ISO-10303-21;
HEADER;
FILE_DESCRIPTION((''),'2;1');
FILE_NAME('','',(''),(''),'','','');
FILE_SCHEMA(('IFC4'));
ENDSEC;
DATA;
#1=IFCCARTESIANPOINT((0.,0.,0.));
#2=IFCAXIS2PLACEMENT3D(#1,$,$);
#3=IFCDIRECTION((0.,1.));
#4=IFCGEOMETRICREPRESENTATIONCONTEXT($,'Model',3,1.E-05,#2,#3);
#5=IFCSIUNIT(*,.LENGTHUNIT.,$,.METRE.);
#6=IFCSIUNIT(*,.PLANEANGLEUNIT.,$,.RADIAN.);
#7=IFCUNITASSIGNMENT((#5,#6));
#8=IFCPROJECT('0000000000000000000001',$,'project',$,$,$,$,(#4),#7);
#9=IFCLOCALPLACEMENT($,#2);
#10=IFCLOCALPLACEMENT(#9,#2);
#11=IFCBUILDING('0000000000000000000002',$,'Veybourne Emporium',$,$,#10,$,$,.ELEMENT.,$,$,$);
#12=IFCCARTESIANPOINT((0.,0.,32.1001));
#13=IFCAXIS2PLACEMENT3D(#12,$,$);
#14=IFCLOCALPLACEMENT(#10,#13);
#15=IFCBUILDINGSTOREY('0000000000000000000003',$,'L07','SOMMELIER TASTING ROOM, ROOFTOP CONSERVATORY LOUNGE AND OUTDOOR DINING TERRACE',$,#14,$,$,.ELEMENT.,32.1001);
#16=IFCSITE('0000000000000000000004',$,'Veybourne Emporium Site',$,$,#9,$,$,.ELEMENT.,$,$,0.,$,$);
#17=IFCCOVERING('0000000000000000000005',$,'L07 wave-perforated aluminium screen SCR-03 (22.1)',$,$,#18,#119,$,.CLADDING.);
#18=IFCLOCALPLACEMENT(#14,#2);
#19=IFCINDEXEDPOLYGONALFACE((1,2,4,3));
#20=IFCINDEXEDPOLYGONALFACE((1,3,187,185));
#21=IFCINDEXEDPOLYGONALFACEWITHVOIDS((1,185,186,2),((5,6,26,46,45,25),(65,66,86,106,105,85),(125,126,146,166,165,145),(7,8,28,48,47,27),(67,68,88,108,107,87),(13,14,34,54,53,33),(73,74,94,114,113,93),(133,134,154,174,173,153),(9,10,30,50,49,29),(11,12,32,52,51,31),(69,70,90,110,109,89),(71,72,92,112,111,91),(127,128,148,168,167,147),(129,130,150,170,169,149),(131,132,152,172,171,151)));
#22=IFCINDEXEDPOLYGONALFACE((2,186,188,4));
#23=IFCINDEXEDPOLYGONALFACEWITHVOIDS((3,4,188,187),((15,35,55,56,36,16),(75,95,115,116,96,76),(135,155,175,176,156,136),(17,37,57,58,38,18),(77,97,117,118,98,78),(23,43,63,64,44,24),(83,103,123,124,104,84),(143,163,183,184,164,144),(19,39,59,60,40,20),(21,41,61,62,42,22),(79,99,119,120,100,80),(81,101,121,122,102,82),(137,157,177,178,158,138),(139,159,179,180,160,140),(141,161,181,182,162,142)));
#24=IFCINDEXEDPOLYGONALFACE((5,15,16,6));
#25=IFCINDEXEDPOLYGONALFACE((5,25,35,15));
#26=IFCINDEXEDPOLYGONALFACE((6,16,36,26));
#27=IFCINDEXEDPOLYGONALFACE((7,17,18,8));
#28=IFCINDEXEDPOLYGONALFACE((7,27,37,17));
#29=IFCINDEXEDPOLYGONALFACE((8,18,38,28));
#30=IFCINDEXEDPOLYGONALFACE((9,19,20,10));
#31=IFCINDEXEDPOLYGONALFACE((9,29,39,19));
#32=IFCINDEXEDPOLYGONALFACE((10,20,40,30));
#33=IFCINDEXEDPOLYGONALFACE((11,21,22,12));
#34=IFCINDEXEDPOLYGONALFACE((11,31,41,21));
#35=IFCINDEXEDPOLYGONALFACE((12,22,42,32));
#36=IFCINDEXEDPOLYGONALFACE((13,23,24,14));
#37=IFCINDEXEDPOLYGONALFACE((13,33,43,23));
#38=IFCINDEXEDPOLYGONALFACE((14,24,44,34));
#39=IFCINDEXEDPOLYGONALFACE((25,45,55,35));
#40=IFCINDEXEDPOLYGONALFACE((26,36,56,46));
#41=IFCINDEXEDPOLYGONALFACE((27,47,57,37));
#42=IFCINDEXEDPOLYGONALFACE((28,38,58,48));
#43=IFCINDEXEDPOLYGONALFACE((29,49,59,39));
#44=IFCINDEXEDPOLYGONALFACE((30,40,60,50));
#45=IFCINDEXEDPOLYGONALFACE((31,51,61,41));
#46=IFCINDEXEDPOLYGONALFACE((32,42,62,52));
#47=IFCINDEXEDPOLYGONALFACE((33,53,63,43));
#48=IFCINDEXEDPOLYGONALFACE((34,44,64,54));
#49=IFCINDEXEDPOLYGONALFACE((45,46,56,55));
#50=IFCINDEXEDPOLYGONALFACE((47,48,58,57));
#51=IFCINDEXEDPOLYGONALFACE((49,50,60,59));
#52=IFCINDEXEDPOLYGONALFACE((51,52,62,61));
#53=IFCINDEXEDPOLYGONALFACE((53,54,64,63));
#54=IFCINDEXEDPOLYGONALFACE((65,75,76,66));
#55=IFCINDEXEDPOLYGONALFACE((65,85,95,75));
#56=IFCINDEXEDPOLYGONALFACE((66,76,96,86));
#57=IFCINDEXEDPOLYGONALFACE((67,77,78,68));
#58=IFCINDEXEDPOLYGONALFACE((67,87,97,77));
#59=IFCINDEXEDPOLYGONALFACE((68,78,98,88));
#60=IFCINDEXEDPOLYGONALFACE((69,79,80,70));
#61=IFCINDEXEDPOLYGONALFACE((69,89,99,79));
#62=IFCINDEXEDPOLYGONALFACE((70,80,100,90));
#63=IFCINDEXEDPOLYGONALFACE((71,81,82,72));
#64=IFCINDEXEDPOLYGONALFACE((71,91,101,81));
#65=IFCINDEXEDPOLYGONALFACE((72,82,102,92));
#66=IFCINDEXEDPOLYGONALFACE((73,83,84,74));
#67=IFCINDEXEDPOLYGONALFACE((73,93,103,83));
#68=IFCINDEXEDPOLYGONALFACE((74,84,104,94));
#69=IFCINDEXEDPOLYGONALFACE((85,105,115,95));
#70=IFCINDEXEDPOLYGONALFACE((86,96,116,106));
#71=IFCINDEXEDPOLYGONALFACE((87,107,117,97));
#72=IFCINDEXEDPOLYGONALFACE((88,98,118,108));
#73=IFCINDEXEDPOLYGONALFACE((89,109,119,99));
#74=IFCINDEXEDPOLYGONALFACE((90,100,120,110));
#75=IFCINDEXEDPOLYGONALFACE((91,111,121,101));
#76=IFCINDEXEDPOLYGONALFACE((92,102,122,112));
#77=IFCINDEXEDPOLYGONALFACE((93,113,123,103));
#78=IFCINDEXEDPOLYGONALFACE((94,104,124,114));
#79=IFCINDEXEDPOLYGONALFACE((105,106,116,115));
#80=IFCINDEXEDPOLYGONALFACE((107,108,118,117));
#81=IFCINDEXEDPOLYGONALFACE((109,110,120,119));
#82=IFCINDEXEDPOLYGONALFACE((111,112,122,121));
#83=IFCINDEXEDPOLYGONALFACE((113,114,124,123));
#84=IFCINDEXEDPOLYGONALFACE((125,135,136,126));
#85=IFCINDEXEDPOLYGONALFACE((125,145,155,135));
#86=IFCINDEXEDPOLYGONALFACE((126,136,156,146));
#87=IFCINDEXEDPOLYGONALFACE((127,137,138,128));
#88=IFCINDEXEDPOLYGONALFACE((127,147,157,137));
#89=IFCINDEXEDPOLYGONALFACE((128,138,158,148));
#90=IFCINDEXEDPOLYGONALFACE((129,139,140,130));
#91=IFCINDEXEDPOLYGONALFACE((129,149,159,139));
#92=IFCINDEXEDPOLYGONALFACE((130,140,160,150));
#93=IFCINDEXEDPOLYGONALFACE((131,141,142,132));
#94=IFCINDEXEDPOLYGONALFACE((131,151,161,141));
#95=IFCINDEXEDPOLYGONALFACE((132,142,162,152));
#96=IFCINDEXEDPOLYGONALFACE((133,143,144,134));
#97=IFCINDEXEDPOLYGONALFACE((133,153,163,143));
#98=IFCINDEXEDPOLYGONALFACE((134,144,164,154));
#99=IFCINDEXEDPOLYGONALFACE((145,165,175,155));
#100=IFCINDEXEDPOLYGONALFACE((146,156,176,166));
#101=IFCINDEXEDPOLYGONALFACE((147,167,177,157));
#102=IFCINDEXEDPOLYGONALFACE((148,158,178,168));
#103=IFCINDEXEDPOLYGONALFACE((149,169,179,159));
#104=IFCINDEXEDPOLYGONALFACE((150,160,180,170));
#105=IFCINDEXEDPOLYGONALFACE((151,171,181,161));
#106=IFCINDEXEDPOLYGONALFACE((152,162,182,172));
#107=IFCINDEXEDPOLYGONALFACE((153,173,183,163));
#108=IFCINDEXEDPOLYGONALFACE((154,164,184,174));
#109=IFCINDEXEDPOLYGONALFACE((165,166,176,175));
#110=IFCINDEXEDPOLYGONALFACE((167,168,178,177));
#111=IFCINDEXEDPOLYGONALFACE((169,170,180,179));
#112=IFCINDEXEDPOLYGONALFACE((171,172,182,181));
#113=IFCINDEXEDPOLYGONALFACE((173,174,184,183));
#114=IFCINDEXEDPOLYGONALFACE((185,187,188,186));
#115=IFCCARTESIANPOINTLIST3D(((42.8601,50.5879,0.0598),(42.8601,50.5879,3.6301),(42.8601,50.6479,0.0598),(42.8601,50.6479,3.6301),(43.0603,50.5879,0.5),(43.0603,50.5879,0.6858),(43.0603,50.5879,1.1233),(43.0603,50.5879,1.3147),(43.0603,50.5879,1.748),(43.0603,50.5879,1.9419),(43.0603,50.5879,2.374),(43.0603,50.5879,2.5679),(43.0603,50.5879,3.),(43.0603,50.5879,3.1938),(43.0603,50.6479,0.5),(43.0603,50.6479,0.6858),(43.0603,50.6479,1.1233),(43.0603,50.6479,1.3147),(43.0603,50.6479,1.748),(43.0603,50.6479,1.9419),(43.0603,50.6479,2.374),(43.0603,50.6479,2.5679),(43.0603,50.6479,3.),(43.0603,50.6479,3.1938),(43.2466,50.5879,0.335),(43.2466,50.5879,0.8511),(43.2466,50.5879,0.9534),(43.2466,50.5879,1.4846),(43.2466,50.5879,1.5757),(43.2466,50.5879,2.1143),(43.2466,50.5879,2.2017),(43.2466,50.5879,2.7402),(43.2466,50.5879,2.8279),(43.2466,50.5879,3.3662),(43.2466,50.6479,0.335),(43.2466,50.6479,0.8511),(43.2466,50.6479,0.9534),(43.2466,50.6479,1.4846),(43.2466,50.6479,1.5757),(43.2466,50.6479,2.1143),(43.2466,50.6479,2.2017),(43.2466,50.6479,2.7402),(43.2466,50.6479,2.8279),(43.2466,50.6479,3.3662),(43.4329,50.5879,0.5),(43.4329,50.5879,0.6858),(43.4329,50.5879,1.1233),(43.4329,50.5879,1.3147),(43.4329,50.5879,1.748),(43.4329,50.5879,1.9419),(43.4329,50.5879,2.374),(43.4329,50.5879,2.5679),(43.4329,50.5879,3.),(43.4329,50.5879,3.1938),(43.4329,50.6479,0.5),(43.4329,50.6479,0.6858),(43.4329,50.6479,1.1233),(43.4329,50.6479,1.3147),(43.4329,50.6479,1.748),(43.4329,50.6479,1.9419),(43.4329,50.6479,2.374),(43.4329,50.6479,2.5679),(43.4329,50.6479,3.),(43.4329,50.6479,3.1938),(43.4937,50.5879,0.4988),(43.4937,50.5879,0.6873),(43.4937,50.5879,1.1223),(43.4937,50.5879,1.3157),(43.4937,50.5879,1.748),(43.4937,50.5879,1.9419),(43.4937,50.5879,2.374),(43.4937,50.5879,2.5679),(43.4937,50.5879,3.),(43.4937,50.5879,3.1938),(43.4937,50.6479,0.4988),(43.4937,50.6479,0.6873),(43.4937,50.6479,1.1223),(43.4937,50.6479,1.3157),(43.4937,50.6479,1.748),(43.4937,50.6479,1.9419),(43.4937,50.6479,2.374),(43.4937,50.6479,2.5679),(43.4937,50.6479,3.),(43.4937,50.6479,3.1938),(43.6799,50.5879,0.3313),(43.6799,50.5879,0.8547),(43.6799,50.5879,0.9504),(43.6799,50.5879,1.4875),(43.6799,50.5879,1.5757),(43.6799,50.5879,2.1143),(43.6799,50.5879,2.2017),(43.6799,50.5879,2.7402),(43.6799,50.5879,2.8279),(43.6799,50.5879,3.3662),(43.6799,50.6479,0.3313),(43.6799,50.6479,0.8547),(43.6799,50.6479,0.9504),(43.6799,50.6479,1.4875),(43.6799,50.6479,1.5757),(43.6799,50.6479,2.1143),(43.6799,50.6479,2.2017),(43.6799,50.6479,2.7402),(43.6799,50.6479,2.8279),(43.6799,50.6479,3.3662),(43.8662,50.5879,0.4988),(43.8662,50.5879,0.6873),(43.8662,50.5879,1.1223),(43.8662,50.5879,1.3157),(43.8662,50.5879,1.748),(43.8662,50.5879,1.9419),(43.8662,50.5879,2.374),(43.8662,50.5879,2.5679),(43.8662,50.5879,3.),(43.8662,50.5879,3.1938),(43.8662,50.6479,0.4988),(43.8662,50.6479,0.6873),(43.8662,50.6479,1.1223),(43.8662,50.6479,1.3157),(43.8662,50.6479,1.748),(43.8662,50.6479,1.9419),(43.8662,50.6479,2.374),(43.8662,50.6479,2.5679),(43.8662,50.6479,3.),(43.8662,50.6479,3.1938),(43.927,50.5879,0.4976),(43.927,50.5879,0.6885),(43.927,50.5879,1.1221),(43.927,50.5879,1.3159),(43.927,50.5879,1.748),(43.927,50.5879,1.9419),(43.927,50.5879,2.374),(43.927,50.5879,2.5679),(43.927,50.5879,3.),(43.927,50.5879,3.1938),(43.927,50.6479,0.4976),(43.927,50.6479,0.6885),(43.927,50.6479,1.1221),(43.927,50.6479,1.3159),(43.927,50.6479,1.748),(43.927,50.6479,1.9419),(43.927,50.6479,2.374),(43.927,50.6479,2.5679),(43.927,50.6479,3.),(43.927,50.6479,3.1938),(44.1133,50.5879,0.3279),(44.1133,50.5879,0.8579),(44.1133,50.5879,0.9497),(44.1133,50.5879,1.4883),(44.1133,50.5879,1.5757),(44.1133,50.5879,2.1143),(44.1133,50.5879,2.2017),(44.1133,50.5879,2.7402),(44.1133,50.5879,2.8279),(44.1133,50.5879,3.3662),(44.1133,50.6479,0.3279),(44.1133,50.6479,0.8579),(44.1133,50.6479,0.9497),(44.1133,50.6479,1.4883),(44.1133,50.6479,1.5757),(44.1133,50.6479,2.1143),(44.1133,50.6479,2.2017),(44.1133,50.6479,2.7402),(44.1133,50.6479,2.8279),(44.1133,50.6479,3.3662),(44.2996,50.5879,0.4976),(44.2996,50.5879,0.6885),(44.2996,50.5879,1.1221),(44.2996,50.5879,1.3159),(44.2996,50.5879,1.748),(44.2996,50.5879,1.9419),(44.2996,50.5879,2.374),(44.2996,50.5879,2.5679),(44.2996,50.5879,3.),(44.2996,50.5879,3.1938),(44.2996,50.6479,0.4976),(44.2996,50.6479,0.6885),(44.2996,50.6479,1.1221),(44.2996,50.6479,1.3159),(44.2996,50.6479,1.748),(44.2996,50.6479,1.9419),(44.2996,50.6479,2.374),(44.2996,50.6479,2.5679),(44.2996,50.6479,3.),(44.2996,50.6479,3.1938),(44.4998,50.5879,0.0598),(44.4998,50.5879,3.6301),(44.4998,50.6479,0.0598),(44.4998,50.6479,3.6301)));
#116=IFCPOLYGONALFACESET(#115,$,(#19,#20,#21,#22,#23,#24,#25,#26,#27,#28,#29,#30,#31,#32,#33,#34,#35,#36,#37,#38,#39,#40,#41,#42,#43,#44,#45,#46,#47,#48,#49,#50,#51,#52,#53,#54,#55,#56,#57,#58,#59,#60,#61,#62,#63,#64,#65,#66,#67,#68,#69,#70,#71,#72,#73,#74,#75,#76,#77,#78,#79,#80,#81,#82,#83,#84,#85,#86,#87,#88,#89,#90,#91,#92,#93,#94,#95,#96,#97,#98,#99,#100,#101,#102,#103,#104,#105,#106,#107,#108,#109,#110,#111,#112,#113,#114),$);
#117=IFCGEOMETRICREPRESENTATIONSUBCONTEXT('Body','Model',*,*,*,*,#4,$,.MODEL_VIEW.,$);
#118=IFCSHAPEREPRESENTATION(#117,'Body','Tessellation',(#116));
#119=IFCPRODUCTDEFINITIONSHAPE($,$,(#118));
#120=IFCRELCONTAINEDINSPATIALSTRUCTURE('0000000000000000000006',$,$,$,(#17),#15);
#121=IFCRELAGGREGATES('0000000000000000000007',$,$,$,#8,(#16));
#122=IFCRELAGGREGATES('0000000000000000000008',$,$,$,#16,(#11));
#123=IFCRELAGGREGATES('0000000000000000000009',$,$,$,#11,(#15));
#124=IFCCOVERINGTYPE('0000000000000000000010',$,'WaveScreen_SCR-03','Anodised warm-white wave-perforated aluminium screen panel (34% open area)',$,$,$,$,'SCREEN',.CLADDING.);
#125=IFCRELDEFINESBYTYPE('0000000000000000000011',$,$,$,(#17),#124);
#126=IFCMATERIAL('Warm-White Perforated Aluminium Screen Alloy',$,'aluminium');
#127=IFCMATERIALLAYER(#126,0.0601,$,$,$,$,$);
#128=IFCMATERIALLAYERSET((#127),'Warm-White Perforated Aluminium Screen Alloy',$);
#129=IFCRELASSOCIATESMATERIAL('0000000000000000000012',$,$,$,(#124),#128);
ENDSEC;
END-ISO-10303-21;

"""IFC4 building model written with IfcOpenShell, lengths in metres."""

from ifc_helpers import new_model, si_unit, direction, frame, origin, place, context, subcontext, project, spatial, polyline, outline, extrude, material, layer, layer_set, type_object, element, save


model = new_model("IFC4")

# Units and contexts
model_context = context("Model", 3, precision=1e-05, world=origin(), true_north=direction((0.0, 1.0)))
body_context = subcontext(model_context, "Body", "Model", "MODEL_VIEW")
ifc_project = project(units=[si_unit("LENGTHUNIT", "METRE"), si_unit("PLANEANGLEUNIT", "RADIAN")], contexts=[model_context])

# Site, building, storey
site_placement = place(None, origin())
site = spatial("IfcSite", under=ifc_project, at=site_placement, Name="Veybourne Emporium Site", CompositionType="ELEMENT", RefElevation=0.0)
building_placement = place(site_placement, origin())
building = spatial("IfcBuilding", under=site, at=building_placement, Name="Veybourne Emporium", CompositionType="ELEMENT")
storey_placement = place(building_placement, frame((0.0, 0.0, 32.1001)))
storey = spatial("IfcBuildingStorey", under=building, at=storey_placement, Name="L07", Description="SOMMELIER TASTING ROOM, ROOFTOP CONSERVATORY LOUNGE AND OUTDOOR DINING TERRACE", CompositionType="ELEMENT", Elevation=32.1001)

# Covering
ifc_material_1 = material(Name="Warm-White Perforated Aluminium Screen Alloy", Category="aluminium")
ifc_layer_1 = layer(ifc_material_1, 0.0601)
ifc_layer_set_1 = layer_set([ifc_layer_1], Name="Warm-White Perforated Aluminium Screen Alloy")
covering_type_1 = type_object("IfcCoveringType", Name="WaveScreen_SCR-03", Description="Anodised warm-white wave-perforated aluminium screen panel (34% open area)", ElementType="SCREEN", PredefinedType="CLADDING", material=ifc_layer_set_1)
covering_1_placement = place(storey_placement, frame((43.6799, 50.6479, 1.845), z_axis=(0.0, -1.0, 0.0), x_axis=(1.0, 0.0, 0.0)))
element("IfcCovering", 1, at=covering_1_placement, inside=storey, type_object=covering_type_1, Name="L07 wave-perforated aluminium screen SCR-03 (22.1)", PredefinedType="CLADDING", context=body_context, shape_type="SweptSolid", body=[
    extrude(outline(polyline([(-0.8198, -1.7852), (0.8198, -1.7852), (0.8198, 1.7852), (-0.8198, 1.7852), (-0.8198, -1.7852)]), holes=[polyline([(-0.4333, -0.9939), (-0.2471, -1.1592), (-0.2471, -1.345), (-0.4333, -1.51), (-0.6196, -1.345), (-0.6196, -1.1592), (-0.4333, -0.9939)]), polyline([(-0.4333, -0.3604), (-0.2471, -0.5303), (-0.2471, -0.7217), (-0.4333, -0.8916), (-0.6196, -0.7217), (-0.6196, -0.5303), (-0.4333, -0.3604)]), polyline([(-0.4333, 0.2693), (-0.2471, 0.0969), (-0.2471, -0.0969), (-0.4333, -0.2693), (-0.6196, -0.0969), (-0.6196, 0.0969), (-0.4333, 0.2693)]), polyline([(-0.4333, 0.8953), (-0.2471, 0.7229), (-0.2471, 0.5291), (-0.4333, 0.3567), (-0.6196, 0.5291), (-0.6196, 0.7229), (-0.4333, 0.8953)]), polyline([(-0.4333, 1.5212), (-0.2471, 1.3489), (-0.2471, 1.155), (-0.4333, 0.9829), (-0.6196, 1.155), (-0.6196, 1.3489), (-0.4333, 1.5212)]), polyline([(0.0, -0.9902), (0.1863, -1.1577), (0.1863, -1.3462), (0.0, -1.5137), (-0.1863, -1.3462), (-0.1863, -1.1577), (0.0, -0.9902)]), polyline([(0.0, -0.3574), (0.1863, -0.5293), (0.1863, -0.7227), (0.0, -0.8945), (-0.1863, -0.7227), (-0.1863, -0.5293), (0.0, -0.3574)]), polyline([(0.0, 0.2693), (0.1863, 0.0969), (0.1863, -0.0969), (0.0, -0.2693), (-0.1863, -0.0969), (-0.1863, 0.0969), (0.0, 0.2693)]), polyline([(0.0, 0.8953), (0.1863, 0.7229), (0.1863, 0.5291), (0.0, 0.3567), (-0.1863, 0.5291), (-0.1863, 0.7229), (0.0, 0.8953)]), polyline([(0.0, 1.5212), (0.1863, 1.3489), (0.1863, 1.155), (0.0, 0.9829), (-0.1863, 1.155), (-0.1863, 1.3489), (0.0, 1.5212)]), polyline([(0.4333, -0.9871), (0.6196, -1.1565), (0.6196, -1.3474), (0.4333, -1.5171), (0.2471, -1.3474), (0.2471, -1.1565), (0.4333, -0.9871)]), polyline([(0.4333, -0.3567), (0.6196, -0.5291), (0.6196, -0.7229), (0.4333, -0.8953), (0.2471, -0.7229), (0.2471, -0.5291), (0.4333, -0.3567)]), polyline([(0.4333, 0.2693), (0.6196, 0.0969), (0.6196, -0.0969), (0.4333, -0.2693), (0.2471, -0.0969), (0.2471, 0.0969), (0.4333, 0.2693)]), polyline([(0.4333, 0.8953), (0.6196, 0.7229), (0.6196, 0.5291), (0.4333, 0.3567), (0.2471, 0.5291), (0.2471, 0.7229), (0.4333, 0.8953)]), polyline([(0.4333, 1.5212), (0.6196, 1.3489), (0.6196, 1.155), (0.4333, 0.9829), (0.2471, 1.155), (0.2471, 1.3489), (0.4333, 1.5212)])]), origin(), (0.0, 0.0, 1.0), 0.0601),
])

save(model, "model.ifc")
